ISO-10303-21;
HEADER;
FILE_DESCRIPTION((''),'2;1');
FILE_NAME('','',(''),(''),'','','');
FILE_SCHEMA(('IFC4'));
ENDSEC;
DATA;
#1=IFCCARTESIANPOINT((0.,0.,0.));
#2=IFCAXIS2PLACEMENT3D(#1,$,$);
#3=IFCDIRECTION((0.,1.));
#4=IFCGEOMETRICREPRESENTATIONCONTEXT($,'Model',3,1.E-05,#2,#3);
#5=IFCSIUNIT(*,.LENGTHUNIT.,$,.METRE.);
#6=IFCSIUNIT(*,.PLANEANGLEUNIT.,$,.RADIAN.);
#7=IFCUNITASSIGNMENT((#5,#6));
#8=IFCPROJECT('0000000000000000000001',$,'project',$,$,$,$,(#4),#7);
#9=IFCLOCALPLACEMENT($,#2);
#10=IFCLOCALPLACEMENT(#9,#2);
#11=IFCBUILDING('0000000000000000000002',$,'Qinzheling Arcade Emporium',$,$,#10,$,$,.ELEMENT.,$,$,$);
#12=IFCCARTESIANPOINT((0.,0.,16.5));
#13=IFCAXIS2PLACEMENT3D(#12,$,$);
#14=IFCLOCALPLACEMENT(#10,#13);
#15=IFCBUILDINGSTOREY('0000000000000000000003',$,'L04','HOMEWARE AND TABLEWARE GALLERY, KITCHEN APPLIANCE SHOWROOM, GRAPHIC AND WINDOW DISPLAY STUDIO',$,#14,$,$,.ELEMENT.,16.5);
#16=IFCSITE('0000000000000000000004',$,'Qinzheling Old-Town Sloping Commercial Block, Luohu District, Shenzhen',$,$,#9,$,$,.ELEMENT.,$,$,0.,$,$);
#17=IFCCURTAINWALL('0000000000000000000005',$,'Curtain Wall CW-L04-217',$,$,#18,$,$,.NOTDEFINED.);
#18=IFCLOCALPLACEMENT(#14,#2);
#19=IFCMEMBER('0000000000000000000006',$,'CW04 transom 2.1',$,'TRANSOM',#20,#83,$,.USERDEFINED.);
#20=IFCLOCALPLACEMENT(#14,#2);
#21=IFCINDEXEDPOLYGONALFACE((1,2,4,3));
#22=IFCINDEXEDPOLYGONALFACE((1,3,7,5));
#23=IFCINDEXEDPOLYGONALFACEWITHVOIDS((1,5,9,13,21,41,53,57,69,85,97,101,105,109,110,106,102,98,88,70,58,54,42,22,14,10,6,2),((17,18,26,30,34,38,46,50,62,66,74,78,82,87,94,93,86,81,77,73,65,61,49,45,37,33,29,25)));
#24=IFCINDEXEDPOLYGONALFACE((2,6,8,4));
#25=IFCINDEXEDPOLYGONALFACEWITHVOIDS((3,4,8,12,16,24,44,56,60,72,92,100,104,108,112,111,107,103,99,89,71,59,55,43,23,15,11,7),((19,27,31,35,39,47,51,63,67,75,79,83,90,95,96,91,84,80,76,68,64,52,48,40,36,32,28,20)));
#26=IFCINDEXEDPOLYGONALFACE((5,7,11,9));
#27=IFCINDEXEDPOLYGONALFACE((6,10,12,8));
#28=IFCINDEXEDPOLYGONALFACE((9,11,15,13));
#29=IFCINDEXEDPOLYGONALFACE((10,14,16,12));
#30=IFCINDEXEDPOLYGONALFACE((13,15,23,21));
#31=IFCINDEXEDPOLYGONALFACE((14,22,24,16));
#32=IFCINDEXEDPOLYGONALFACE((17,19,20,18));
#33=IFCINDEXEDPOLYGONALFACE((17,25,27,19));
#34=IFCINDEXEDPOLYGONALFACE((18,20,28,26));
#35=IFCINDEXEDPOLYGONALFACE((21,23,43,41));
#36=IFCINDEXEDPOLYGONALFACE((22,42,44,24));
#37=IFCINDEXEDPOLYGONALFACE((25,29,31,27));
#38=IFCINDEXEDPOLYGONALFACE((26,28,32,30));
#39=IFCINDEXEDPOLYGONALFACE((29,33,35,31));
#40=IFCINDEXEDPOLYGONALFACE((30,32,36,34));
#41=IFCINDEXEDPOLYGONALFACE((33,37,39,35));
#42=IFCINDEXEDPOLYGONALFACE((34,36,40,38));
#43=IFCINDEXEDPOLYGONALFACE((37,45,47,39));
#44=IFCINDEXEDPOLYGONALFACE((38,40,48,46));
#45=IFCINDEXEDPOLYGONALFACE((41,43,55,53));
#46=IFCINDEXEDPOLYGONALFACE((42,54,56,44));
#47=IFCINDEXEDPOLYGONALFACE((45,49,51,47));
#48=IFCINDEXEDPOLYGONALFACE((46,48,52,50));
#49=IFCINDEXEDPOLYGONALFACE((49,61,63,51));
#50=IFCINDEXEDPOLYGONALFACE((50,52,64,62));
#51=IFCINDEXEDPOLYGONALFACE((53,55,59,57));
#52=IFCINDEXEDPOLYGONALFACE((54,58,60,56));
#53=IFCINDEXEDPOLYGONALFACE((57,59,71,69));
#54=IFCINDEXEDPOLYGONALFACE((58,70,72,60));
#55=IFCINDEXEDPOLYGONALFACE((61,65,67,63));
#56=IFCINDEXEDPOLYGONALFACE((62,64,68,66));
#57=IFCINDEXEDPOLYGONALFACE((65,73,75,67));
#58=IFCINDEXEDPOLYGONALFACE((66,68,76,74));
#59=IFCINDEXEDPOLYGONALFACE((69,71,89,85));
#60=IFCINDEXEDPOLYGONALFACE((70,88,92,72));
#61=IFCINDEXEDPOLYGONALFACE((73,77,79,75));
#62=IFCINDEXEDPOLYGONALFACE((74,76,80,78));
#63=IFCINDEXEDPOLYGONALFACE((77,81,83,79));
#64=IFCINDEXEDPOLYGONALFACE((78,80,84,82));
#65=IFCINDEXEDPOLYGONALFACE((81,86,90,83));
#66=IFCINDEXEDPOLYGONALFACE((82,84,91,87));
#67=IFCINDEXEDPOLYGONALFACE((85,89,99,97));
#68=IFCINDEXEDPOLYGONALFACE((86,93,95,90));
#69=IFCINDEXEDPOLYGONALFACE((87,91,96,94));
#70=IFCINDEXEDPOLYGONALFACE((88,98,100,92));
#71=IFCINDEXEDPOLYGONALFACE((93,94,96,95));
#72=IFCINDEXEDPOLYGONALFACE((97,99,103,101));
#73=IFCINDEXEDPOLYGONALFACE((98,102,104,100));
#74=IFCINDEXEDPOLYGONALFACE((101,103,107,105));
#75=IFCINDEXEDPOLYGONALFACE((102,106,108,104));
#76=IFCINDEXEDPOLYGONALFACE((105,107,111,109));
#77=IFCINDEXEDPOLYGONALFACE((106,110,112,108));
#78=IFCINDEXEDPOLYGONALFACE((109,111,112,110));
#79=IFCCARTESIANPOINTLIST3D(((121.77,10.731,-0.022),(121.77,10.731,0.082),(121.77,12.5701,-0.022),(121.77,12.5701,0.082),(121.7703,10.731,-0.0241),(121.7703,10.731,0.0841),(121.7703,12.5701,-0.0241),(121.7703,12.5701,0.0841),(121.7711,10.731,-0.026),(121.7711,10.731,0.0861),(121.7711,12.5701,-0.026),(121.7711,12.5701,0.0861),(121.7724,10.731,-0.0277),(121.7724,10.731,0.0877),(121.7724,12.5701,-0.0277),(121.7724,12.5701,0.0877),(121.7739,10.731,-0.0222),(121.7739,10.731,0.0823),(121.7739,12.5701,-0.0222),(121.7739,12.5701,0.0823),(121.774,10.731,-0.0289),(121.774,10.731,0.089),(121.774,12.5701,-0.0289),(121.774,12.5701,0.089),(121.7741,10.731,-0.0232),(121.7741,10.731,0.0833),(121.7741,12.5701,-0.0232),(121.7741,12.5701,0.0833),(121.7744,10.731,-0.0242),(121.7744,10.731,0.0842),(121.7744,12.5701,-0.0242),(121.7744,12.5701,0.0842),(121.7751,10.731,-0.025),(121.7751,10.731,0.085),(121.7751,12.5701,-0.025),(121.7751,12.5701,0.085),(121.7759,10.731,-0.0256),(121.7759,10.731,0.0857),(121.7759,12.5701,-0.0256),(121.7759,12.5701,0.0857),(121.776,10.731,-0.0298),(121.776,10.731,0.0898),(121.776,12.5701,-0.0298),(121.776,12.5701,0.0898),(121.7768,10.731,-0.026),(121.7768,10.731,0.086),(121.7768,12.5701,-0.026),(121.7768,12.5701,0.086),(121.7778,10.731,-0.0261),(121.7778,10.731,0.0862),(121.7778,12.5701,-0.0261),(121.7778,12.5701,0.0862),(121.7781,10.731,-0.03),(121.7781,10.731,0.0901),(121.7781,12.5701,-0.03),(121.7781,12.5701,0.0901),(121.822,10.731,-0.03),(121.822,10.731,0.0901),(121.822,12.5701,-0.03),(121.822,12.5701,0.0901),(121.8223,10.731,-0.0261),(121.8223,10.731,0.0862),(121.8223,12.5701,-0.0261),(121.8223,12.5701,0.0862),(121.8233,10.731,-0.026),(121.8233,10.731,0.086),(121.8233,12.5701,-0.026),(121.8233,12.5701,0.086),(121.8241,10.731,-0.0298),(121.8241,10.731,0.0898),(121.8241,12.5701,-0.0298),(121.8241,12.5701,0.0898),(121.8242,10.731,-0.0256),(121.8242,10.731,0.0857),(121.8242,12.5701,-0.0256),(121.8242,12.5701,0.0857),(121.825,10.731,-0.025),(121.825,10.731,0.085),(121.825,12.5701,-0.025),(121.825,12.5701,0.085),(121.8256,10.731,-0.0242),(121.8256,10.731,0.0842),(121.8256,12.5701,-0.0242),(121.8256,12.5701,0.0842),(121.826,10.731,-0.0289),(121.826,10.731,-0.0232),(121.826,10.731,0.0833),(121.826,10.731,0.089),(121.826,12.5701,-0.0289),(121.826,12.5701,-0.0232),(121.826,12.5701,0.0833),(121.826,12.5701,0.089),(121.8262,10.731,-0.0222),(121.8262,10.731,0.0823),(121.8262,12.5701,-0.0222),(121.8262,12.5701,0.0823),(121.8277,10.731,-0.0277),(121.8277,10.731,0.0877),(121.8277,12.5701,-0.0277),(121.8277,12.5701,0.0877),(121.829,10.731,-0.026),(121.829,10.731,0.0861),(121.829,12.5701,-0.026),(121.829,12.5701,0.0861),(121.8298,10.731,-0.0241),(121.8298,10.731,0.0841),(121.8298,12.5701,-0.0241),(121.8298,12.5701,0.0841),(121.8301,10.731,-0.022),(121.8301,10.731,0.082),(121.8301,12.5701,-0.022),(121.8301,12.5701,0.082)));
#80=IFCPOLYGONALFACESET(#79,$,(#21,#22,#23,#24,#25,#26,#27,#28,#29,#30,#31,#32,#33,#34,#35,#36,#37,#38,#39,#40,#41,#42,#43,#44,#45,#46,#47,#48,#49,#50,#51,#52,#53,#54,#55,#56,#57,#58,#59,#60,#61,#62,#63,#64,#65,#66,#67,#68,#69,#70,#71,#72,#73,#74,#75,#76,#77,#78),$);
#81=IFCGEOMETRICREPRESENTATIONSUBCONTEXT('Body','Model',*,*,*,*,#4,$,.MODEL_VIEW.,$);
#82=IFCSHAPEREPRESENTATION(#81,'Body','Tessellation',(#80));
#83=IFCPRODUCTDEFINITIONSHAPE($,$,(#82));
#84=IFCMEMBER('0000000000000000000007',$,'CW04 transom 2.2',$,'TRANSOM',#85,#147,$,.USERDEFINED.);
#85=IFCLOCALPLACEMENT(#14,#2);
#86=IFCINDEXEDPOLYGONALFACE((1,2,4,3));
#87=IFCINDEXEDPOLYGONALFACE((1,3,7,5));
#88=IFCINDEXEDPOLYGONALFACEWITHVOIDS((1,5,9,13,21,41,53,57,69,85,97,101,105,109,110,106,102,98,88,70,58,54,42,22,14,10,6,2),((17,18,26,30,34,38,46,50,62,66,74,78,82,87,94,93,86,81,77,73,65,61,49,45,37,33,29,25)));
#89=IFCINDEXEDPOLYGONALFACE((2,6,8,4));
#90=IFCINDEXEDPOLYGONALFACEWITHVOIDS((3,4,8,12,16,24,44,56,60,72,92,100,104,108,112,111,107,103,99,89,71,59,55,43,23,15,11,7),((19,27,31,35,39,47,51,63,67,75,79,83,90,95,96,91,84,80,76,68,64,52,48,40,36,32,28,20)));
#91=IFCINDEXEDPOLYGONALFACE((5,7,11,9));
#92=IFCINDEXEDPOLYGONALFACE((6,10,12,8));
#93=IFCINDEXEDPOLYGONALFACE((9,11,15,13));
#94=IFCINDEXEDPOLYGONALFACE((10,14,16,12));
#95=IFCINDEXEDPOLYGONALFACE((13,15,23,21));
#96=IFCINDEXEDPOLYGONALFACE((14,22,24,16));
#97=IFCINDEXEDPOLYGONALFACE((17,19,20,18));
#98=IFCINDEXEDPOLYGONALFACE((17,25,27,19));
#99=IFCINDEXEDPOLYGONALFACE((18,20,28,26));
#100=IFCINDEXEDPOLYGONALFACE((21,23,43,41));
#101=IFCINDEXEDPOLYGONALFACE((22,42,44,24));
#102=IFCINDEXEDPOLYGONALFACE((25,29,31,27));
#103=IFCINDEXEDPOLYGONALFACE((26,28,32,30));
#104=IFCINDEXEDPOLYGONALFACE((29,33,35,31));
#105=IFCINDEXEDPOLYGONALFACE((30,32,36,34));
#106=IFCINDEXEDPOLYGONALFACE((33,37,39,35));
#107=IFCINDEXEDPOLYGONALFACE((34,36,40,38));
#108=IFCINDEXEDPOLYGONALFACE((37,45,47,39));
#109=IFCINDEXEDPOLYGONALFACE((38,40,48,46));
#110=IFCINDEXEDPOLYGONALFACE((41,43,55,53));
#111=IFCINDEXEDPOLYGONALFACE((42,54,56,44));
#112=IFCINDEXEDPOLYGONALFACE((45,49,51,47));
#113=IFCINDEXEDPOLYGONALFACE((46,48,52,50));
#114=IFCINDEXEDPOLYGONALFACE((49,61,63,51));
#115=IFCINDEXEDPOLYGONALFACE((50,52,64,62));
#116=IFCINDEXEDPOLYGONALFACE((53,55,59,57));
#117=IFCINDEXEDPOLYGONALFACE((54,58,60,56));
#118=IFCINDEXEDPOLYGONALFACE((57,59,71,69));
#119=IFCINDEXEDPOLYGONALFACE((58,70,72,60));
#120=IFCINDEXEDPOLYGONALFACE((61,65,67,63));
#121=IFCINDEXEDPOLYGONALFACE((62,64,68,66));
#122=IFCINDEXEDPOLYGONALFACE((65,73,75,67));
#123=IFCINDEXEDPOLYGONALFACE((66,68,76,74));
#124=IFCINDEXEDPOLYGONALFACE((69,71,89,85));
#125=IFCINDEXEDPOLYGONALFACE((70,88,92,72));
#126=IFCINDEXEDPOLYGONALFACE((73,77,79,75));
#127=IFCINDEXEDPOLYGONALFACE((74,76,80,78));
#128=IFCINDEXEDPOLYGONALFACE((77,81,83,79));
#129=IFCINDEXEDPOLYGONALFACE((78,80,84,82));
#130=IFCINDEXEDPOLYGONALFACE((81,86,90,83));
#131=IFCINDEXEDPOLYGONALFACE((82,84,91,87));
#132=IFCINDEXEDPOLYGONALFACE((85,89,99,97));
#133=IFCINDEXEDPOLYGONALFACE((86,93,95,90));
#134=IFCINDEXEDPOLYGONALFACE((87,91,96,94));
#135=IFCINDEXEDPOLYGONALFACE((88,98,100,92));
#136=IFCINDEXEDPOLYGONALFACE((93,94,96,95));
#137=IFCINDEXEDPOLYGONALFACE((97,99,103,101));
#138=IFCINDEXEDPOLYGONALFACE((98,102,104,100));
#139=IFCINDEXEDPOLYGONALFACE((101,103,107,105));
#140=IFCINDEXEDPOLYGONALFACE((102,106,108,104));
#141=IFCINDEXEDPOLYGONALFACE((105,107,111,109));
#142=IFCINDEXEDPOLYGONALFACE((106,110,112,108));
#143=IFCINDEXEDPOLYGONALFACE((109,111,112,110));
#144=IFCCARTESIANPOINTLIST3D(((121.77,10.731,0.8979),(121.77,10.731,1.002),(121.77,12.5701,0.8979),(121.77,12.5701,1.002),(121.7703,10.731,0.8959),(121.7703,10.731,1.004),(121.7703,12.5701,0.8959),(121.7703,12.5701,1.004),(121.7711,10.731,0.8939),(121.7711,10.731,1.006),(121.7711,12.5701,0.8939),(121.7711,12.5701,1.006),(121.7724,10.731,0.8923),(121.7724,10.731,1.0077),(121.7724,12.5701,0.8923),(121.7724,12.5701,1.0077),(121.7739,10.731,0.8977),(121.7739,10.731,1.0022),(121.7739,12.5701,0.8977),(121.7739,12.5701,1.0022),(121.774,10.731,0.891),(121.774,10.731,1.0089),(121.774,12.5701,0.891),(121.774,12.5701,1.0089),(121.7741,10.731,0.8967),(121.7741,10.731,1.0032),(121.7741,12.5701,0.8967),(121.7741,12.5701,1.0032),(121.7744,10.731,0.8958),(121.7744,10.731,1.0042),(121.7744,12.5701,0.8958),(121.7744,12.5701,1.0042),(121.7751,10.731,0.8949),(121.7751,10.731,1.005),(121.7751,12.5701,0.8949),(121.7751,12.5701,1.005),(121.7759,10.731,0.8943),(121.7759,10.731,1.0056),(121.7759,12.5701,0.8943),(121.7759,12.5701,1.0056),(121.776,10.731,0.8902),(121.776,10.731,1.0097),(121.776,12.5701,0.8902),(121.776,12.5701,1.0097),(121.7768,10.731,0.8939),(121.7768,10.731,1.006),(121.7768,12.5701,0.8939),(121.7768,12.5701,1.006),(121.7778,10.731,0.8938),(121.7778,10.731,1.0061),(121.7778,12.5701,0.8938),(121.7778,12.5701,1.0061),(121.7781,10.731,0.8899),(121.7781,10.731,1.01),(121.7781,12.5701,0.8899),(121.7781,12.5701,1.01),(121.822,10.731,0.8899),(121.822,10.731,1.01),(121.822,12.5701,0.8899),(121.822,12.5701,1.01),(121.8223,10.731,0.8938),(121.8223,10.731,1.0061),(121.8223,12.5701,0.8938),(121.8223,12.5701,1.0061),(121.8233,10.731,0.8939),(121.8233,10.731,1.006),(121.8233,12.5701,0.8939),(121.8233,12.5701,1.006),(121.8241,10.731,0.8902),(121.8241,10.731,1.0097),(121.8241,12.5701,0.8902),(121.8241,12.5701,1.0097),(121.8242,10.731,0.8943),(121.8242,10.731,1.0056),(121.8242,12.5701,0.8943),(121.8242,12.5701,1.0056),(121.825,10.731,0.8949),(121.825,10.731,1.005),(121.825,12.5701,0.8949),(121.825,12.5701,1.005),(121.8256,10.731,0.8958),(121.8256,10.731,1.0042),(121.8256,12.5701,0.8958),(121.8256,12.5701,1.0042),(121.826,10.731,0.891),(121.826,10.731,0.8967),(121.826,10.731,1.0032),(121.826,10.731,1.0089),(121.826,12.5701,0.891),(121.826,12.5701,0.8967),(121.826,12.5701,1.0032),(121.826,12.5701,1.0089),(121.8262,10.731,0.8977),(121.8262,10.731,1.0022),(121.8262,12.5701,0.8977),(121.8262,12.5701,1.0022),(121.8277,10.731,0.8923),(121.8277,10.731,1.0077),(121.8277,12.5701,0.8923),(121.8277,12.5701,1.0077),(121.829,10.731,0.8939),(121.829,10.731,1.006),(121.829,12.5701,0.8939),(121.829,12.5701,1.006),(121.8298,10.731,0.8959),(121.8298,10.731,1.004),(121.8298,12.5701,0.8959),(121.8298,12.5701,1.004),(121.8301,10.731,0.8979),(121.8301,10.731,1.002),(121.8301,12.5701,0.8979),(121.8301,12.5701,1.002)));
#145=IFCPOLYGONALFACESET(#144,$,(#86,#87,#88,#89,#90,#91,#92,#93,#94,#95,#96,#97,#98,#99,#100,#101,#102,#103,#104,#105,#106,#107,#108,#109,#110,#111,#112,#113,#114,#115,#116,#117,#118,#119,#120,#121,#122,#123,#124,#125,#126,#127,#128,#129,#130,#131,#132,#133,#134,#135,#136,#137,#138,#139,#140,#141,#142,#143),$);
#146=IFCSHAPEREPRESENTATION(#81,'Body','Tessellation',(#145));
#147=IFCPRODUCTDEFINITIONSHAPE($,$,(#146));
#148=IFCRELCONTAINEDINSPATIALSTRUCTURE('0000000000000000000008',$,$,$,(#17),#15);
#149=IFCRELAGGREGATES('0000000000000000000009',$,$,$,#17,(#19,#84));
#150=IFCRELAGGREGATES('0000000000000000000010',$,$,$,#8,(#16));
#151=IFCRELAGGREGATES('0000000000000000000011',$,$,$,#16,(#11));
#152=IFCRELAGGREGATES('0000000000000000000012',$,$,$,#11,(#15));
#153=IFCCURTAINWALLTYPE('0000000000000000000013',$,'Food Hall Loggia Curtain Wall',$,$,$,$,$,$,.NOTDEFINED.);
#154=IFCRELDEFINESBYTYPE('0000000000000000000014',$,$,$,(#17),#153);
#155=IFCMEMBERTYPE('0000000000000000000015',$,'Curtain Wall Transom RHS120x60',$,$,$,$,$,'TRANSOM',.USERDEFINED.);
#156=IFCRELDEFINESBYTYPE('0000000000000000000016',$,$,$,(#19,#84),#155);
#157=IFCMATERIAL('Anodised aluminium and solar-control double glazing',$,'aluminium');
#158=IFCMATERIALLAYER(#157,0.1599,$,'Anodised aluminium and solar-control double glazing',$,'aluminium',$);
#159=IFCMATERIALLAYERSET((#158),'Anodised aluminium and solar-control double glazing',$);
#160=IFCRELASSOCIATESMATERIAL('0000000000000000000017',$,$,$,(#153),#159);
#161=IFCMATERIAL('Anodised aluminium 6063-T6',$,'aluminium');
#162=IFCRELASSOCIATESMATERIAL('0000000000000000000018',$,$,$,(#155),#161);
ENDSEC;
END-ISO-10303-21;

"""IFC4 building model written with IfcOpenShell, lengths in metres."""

from ifc_helpers import new_model, si_unit, direction, frame, origin, origin_2d, place, context, subcontext, project, spatial, hollow_rectangle, extrude, material, layer, layer_set, material_profile, profile_set, type_object, element, aggregate, save


model = new_model("IFC4")

# Units and contexts
model_context = context("Model", 3, precision=1e-05, world=origin(), true_north=direction((0.0, 1.0)))
body_context = subcontext(model_context, "Body", "Model", "MODEL_VIEW")
ifc_project = project(units=[si_unit("LENGTHUNIT", "METRE"), si_unit("PLANEANGLEUNIT", "RADIAN")], contexts=[model_context])

# Site, building, storey
site_placement = place(None, origin())
site = spatial("IfcSite", under=ifc_project, at=site_placement, Name="Qinzheling Old-Town Sloping Commercial Block, Luohu District, Shenzhen", CompositionType="ELEMENT", RefElevation=0.0)
building_placement = place(site_placement, origin())
building = spatial("IfcBuilding", under=site, at=building_placement, Name="Qinzheling Arcade Emporium", CompositionType="ELEMENT")
storey_placement = place(building_placement, frame((0.0, 0.0, 16.5)))
storey = spatial("IfcBuildingStorey", under=building, at=storey_placement, Name="L04", Description="HOMEWARE AND TABLEWARE GALLERY, KITCHEN APPLIANCE SHOWROOM, GRAPHIC AND WINDOW DISPLAY STUDIO", CompositionType="ELEMENT", Elevation=16.5)

# Curtain wall, members
ifc_material_1 = material(Name="Anodised aluminium and solar-control double glazing", Category="aluminium")
ifc_layer_1 = layer(ifc_material_1, 0.1599, Name="Anodised aluminium and solar-control double glazing", Category="aluminium")
ifc_layer_set_1 = layer_set([ifc_layer_1], Name="Anodised aluminium and solar-control double glazing")
curtain_wall_type = type_object("IfcCurtainWallType", Name="Food Hall Loggia Curtain Wall", PredefinedType="NOTDEFINED", material=ifc_layer_set_1)
curtain_wall_placement = place(storey_placement, origin())
curtain_wall = element("IfcCurtainWall", 1, at=curtain_wall_placement, inside=storey, type_object=curtain_wall_type, Name="Curtain Wall CW-L04-217", PredefinedType="NOTDEFINED")
ifc_material_2 = material(Name="Anodised aluminium 6063-T6", Category="aluminium")
ifc_material_profile_1 = material_profile(ifc_material_2, hollow_rectangle(XDim=0.0601, YDim=0.1201, WallThickness=0.0039, InnerFilletRadius=0.0039, OuterFilletRadius=0.0081, at=origin_2d()), Name="RHS 120x60x4", Category="aluminium")
ifc_profile_set_1 = profile_set([ifc_material_profile_1], Name="Anodised aluminium 6063-T6")
member_type_1 = type_object("IfcMemberType", Name="Curtain Wall Transom RHS120x60", ElementType="TRANSOM", PredefinedType="USERDEFINED", material=ifc_profile_set_1)
member_1_placement = place(storey_placement, frame((121.8, 10.731, 0.03), z_axis=(0.0, 1.0, 0.0), x_axis=(-1.0, 0.0, 0.0)))
member_1 = element("IfcMember", 2, at=member_1_placement, type_object=member_type_1, Name="CW04 transom 2.1", ObjectType="TRANSOM", PredefinedType="USERDEFINED", context=body_context, shape_type="SweptSolid", body=[
    extrude(hollow_rectangle(XDim=0.0601, YDim=0.1201, WallThickness=0.0039, InnerFilletRadius=0.0039, OuterFilletRadius=0.0081, at=origin_2d()), origin(), (0.0, 0.0, 1.0), 1.8391),
])
member_2_placement = place(storey_placement, frame((121.8, 10.731, 0.95), z_axis=(0.0, 1.0, 0.0), x_axis=(-1.0, 0.0, 0.0)))
member_2 = element("IfcMember", 3, at=member_2_placement, type_object=member_type_1, Name="CW04 transom 2.2", ObjectType="TRANSOM", PredefinedType="USERDEFINED", context=body_context, shape_type="SweptSolid", body=[
    extrude(hollow_rectangle(XDim=0.0601, YDim=0.1201, WallThickness=0.0039, InnerFilletRadius=0.0039, OuterFilletRadius=0.0081, at=origin_2d()), origin(), (0.0, 0.0, 1.0), 1.8391),
])

aggregate(curtain_wall, [member_1, member_2])

save(model, "model.ifc")
